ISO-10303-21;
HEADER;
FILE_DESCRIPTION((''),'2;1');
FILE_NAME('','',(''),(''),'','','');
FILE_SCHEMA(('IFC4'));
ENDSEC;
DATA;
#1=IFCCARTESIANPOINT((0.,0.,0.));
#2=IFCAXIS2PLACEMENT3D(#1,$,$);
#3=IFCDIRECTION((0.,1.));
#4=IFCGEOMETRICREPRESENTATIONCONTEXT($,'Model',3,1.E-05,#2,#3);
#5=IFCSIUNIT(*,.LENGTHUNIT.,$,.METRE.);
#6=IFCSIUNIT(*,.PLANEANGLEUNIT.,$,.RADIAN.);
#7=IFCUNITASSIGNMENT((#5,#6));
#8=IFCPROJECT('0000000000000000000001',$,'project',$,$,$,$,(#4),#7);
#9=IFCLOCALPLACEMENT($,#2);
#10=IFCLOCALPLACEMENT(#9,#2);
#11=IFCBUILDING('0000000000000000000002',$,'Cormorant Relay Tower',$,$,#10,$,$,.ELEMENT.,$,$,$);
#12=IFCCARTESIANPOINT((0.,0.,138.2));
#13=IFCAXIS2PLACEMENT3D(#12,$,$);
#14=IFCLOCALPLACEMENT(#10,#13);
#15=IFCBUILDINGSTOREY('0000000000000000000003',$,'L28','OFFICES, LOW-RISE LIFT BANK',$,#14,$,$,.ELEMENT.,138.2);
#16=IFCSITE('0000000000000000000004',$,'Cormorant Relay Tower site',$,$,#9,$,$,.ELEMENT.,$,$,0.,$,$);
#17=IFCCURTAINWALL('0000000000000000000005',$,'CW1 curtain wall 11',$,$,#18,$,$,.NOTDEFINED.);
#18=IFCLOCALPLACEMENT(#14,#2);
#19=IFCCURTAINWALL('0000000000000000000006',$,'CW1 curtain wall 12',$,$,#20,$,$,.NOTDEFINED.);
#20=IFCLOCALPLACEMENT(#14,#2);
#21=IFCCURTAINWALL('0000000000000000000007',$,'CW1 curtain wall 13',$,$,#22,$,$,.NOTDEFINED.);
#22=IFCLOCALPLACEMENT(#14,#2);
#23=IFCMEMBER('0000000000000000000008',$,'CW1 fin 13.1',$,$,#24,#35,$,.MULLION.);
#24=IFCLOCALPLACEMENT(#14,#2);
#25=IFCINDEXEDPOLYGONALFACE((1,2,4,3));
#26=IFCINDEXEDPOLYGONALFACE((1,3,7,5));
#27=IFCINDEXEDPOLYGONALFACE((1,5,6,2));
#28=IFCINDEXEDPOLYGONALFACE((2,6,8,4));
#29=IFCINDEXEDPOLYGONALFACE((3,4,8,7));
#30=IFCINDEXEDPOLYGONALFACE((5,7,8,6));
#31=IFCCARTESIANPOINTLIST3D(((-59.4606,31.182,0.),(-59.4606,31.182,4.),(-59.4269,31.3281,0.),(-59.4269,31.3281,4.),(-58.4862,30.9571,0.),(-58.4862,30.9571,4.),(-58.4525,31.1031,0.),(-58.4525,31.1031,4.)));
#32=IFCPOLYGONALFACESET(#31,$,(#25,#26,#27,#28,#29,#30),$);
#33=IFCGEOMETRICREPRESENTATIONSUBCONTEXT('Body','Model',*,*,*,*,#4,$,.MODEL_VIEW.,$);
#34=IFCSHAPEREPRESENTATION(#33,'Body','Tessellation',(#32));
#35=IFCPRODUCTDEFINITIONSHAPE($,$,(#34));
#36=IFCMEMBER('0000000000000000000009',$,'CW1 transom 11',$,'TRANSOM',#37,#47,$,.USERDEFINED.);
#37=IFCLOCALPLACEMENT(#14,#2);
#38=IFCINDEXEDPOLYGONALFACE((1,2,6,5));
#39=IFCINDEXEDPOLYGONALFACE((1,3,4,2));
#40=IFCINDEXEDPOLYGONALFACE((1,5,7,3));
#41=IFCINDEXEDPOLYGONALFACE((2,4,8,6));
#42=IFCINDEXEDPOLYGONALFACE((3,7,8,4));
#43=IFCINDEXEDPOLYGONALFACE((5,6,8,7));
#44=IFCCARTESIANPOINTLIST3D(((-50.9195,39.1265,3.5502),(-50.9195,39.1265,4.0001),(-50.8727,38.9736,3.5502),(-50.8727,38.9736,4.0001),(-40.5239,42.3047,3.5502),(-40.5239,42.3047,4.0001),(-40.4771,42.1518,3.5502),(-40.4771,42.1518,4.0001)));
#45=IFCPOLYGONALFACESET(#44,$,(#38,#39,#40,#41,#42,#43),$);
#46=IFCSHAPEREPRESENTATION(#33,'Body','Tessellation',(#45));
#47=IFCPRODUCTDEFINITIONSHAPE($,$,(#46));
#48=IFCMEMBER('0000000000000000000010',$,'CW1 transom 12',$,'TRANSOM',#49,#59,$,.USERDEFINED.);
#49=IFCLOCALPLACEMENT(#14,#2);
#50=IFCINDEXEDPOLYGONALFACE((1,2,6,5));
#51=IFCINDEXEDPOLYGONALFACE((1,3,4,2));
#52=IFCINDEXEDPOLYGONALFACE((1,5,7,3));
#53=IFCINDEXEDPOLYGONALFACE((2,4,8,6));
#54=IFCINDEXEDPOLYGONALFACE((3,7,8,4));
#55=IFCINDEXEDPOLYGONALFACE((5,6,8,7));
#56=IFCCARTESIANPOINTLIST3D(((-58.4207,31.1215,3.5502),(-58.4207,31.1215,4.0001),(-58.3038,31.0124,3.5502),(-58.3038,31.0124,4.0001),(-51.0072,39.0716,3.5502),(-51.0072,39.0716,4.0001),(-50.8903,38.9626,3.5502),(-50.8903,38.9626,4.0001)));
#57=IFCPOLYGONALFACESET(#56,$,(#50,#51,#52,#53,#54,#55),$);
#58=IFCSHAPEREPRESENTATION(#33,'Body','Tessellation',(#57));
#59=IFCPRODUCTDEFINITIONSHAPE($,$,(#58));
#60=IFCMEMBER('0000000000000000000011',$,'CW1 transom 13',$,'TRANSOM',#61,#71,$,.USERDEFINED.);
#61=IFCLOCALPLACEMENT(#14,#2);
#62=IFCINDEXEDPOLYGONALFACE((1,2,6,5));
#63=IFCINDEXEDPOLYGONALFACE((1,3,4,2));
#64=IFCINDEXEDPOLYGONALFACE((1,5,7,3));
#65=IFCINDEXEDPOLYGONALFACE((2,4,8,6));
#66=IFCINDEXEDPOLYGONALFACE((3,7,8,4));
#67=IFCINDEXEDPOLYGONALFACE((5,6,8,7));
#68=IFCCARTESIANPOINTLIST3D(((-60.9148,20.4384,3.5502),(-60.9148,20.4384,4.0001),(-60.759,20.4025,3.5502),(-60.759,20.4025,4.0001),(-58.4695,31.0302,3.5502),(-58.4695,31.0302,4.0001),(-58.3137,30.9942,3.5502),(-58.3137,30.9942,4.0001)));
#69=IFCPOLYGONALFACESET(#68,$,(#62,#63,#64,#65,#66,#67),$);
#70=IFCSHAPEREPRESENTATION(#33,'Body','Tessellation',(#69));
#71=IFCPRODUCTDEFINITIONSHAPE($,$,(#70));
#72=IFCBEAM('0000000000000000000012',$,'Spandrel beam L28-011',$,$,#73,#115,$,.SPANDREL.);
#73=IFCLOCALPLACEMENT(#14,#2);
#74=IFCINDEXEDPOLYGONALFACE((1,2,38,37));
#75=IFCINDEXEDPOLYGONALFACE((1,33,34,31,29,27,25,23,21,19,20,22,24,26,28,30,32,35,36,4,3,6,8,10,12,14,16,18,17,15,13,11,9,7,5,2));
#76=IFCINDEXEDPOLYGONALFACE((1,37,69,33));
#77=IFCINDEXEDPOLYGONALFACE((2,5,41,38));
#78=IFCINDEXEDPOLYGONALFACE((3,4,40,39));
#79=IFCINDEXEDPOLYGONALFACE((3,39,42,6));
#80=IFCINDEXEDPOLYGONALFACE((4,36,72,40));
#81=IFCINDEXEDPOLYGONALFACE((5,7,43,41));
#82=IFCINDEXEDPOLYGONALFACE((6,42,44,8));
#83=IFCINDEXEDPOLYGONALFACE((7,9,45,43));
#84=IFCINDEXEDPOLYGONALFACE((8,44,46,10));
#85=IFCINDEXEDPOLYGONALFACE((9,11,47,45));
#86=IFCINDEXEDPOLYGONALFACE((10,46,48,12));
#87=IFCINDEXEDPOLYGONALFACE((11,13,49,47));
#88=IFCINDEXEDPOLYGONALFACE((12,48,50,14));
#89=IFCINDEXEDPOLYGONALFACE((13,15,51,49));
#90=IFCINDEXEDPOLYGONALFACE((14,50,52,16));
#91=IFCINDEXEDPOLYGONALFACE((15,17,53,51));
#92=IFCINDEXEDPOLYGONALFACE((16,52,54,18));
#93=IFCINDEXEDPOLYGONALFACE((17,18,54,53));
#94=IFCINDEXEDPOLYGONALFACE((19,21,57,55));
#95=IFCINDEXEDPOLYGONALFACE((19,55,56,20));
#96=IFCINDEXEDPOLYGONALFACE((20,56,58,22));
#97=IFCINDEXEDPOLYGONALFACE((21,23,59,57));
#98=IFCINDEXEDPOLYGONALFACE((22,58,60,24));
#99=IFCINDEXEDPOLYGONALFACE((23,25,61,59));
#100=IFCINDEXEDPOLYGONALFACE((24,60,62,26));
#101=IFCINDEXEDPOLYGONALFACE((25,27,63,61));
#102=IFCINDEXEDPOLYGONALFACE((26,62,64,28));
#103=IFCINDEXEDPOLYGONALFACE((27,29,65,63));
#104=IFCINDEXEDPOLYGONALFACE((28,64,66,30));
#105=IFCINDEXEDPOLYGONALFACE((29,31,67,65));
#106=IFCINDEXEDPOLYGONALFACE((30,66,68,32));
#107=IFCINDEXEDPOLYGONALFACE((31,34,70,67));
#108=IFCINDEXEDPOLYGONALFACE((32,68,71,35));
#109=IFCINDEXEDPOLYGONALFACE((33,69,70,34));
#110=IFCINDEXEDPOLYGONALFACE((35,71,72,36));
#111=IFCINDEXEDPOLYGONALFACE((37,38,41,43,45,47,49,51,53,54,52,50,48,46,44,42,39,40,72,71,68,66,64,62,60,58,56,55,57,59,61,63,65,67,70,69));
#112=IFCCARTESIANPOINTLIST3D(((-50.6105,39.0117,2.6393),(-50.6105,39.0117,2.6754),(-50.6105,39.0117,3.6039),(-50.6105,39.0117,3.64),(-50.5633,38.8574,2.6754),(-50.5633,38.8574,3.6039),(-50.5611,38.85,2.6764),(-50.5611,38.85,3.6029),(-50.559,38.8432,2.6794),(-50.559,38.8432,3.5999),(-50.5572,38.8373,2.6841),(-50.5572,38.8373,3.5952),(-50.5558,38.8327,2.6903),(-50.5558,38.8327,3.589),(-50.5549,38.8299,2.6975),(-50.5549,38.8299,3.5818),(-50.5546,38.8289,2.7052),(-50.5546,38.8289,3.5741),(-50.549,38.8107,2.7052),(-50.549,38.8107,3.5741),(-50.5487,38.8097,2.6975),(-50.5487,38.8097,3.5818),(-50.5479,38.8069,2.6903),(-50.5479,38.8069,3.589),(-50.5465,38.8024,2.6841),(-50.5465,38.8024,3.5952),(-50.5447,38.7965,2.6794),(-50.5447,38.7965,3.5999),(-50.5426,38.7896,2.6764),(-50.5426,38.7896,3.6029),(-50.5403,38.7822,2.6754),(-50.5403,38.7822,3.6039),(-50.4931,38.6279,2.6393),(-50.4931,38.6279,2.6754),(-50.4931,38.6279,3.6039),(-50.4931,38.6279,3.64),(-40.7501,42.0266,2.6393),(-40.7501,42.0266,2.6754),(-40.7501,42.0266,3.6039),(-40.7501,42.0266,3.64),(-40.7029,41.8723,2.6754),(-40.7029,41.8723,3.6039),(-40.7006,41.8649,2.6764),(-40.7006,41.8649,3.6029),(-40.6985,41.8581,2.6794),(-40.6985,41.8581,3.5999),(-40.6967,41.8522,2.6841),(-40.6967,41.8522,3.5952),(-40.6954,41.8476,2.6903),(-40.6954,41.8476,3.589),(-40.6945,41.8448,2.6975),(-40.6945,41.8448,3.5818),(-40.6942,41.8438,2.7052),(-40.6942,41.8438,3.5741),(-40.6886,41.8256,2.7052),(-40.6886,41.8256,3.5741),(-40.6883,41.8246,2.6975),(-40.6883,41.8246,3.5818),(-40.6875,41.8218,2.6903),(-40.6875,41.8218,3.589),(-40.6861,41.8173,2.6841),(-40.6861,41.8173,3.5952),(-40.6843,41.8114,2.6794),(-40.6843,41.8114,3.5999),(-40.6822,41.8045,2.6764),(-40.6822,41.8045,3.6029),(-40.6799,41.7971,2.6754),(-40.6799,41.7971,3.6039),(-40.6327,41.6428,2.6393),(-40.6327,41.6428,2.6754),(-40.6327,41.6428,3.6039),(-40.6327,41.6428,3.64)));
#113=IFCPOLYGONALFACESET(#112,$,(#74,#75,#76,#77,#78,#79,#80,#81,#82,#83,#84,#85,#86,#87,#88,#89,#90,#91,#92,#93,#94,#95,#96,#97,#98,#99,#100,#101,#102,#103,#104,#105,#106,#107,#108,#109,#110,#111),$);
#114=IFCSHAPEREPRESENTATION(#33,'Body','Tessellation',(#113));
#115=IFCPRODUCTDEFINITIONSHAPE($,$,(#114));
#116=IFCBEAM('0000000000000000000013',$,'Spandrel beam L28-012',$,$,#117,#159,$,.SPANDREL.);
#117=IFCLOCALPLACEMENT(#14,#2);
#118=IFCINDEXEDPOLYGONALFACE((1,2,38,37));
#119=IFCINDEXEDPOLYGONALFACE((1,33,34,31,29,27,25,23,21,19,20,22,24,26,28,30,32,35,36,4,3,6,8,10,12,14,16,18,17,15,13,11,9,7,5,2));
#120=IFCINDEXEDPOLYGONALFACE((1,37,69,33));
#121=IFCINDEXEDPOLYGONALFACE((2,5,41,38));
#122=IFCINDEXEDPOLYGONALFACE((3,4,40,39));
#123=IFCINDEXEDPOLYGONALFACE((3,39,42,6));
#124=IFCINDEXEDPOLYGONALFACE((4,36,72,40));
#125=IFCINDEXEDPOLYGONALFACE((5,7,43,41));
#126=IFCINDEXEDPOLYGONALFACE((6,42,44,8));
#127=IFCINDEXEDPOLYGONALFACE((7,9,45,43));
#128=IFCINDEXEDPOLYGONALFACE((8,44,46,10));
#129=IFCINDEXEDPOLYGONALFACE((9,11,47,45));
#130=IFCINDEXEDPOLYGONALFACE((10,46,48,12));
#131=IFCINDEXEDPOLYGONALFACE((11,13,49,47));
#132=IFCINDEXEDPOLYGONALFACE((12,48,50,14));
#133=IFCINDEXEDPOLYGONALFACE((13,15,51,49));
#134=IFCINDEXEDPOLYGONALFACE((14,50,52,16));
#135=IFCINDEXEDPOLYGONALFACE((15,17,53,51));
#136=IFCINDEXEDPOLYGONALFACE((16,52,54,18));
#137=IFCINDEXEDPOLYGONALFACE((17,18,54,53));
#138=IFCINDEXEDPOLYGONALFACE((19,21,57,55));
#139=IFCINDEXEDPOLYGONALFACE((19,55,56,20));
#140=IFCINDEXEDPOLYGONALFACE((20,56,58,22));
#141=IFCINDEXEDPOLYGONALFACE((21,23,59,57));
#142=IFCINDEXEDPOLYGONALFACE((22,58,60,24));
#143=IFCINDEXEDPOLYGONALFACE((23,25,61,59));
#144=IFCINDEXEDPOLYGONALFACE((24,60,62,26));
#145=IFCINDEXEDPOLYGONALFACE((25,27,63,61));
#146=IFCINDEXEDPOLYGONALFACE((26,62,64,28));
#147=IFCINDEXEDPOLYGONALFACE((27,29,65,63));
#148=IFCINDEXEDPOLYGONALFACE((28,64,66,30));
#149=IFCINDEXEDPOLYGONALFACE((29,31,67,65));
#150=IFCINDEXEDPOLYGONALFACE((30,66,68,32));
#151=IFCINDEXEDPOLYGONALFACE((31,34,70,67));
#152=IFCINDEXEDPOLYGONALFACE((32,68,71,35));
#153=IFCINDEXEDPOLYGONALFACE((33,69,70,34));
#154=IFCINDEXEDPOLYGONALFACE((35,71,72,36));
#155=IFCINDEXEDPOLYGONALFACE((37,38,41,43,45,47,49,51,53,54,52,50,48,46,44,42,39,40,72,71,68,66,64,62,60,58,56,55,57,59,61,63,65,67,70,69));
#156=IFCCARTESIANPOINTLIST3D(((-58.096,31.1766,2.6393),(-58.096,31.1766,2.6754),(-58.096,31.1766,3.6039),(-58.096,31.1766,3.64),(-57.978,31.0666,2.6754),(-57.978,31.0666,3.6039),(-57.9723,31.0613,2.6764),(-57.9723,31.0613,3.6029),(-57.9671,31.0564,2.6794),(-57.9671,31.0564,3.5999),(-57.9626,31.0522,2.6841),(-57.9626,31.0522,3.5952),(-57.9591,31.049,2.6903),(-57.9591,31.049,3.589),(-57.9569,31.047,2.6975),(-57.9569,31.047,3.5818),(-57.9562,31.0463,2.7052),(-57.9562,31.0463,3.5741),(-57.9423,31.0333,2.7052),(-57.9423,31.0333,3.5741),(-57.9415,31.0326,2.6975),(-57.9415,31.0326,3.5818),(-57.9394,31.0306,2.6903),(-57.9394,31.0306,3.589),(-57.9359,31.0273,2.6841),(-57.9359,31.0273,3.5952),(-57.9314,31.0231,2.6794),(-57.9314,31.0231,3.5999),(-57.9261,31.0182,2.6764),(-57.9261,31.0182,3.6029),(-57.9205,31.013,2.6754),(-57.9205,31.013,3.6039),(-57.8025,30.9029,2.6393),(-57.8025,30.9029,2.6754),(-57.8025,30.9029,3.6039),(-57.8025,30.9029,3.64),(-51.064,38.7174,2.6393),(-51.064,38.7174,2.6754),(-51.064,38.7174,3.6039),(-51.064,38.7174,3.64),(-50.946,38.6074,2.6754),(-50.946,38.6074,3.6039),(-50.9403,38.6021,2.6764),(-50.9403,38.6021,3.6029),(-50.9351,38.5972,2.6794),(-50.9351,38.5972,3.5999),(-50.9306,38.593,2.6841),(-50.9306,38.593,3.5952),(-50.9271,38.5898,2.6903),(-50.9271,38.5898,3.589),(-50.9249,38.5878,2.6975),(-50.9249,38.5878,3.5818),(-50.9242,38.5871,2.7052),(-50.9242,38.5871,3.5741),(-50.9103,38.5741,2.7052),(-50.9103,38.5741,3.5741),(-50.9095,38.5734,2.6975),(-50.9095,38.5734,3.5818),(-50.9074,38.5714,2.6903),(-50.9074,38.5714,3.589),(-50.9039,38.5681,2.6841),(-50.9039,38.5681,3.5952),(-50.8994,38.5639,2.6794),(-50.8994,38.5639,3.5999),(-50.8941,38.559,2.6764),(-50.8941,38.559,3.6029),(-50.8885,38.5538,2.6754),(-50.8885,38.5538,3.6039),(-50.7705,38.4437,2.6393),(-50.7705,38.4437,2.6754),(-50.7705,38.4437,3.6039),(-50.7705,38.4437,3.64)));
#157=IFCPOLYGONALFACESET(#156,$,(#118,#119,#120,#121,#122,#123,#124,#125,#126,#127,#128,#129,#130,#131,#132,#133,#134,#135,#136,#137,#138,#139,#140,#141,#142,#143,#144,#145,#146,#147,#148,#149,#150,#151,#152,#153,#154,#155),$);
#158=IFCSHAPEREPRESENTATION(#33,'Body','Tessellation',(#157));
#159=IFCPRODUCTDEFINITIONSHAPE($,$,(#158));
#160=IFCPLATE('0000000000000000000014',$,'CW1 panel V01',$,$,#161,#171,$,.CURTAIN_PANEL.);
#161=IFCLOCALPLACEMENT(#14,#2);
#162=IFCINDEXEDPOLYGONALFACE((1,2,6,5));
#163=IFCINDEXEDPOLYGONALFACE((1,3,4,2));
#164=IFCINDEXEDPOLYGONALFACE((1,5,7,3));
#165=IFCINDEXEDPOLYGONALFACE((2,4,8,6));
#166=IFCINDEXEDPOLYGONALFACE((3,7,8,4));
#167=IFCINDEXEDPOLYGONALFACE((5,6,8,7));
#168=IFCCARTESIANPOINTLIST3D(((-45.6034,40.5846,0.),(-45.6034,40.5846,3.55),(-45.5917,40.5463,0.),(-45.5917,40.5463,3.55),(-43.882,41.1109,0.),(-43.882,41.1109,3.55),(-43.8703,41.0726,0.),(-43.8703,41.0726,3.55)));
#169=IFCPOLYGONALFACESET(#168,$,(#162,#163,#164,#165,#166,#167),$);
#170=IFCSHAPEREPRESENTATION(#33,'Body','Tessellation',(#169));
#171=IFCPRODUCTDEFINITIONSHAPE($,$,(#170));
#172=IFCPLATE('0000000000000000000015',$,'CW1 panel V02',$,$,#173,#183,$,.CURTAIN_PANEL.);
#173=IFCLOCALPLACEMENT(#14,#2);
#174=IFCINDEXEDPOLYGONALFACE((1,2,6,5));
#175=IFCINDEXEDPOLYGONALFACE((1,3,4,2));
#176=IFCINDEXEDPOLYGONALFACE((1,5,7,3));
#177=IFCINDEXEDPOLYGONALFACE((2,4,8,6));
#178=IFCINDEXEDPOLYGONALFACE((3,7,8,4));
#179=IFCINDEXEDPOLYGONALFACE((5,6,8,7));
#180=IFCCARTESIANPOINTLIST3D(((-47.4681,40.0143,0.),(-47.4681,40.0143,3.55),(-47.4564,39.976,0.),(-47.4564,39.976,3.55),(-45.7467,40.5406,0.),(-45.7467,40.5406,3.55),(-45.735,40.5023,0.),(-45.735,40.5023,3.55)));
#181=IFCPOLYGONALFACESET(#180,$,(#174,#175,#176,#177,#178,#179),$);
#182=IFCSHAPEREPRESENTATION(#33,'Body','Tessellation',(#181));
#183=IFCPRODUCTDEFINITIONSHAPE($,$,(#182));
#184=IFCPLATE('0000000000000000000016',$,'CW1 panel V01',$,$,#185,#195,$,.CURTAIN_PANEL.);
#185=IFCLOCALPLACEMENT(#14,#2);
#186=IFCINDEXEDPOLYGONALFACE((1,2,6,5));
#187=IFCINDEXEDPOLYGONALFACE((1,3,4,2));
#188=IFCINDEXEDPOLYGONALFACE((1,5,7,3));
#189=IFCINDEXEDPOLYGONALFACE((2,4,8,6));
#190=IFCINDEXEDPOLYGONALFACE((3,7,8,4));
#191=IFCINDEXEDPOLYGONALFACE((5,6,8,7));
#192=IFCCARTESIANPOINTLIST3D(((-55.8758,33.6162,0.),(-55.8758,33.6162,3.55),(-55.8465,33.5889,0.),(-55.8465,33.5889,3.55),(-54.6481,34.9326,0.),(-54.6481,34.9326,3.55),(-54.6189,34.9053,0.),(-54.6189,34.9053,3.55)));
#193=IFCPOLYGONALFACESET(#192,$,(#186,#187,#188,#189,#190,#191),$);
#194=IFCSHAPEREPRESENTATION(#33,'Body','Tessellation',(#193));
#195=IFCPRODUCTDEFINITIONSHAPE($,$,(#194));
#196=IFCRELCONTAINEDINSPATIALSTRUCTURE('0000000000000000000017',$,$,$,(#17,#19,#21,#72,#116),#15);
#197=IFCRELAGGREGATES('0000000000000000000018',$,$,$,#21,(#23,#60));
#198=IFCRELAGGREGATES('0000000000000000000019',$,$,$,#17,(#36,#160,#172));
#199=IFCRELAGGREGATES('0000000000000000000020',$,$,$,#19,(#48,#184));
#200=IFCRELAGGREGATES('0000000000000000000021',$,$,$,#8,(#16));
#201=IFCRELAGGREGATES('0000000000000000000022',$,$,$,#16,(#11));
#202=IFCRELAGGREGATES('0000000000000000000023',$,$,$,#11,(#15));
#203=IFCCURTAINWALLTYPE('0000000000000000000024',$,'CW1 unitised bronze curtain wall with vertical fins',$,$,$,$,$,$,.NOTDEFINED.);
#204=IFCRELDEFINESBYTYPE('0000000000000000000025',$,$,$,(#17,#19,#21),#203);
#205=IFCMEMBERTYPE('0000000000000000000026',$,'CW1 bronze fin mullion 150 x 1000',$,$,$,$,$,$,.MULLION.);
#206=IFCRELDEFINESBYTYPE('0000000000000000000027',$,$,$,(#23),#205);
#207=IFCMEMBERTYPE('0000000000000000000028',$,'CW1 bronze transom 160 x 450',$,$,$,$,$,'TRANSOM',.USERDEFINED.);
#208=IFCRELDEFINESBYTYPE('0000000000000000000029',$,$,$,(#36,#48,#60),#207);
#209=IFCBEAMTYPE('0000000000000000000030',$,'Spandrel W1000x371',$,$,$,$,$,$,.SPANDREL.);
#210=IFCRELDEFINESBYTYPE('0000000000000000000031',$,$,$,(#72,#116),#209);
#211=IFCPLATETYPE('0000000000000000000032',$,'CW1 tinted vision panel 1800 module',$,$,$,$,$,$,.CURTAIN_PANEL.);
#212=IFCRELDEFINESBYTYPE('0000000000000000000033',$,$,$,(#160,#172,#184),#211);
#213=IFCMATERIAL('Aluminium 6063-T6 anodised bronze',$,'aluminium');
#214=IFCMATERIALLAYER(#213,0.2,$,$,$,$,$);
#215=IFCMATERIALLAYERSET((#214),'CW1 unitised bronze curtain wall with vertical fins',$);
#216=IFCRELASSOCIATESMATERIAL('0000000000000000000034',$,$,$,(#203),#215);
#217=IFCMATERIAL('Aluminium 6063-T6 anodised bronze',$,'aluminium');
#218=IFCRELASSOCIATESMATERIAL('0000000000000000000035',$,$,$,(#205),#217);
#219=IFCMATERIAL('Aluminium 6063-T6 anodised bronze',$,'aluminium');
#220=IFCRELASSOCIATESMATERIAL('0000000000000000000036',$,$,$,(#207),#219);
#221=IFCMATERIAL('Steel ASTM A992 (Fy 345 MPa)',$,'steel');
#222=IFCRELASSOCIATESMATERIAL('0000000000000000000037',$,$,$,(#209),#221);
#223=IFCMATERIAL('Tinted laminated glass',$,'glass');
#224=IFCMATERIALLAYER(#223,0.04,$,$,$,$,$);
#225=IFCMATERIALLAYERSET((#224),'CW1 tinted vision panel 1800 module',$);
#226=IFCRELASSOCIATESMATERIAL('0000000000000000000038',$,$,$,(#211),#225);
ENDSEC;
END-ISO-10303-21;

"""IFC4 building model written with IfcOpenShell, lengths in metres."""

from ifc_helpers import new_model, si_unit, direction, frame, origin, origin_2d, place, context, subcontext, project, spatial, rectangle, i_section, extrude, material, layer, layer_set, material_profile, profile_set, type_object, element, aggregate, save


model = new_model("IFC4")

# Units and contexts
model_context = context("Model", 3, precision=1e-05, world=origin(), true_north=direction((0.0, 1.0)))
body_context = subcontext(model_context, "Body", "Model", "MODEL_VIEW")
ifc_project = project(units=[si_unit("LENGTHUNIT", "METRE"), si_unit("PLANEANGLEUNIT", "RADIAN")], contexts=[model_context])

# Site, building, storey
site_placement = place(None, origin())
site = spatial("IfcSite", under=ifc_project, at=site_placement, Name="Cormorant Relay Tower site", CompositionType="ELEMENT", RefElevation=0.0)
building_placement = place(site_placement, origin())
building = spatial("IfcBuilding", under=site, at=building_placement, Name="Cormorant Relay Tower", CompositionType="ELEMENT")
storey_placement = place(building_placement, frame((0.0, 0.0, 138.2)))
storey = spatial("IfcBuildingStorey", under=building, at=storey_placement, Name="L28", Description="OFFICES, LOW-RISE LIFT BANK", CompositionType="ELEMENT", Elevation=138.2)

# Curtain walls
ifc_material_1 = material(Name="Aluminium 6063-T6 anodised bronze", Category="aluminium")
ifc_layer_1 = layer(ifc_material_1, 0.2)
ifc_layer_set_1 = layer_set([ifc_layer_1], Name="CW1 unitised bronze curtain wall with vertical fins")
curtain_wall_type = type_object("IfcCurtainWallType", Name="CW1 unitised bronze curtain wall with vertical fins", PredefinedType="NOTDEFINED", material=ifc_layer_set_1)
curtain_wall_1_placement = place(storey_placement, origin())
curtain_wall_1 = element("IfcCurtainWall", 1, at=curtain_wall_1_placement, inside=storey, type_object=curtain_wall_type, Name="CW1 curtain wall 11", PredefinedType="NOTDEFINED")
ifc_material_2 = material(Name="Aluminium 6063-T6 anodised bronze", Category="aluminium")
ifc_material_profile_1 = material_profile(ifc_material_2, rectangle(XDim=0.1499, YDim=1.0, at=origin_2d()), Name="AL 150x1000")
ifc_profile_set_1 = profile_set([ifc_material_profile_1], Name="Aluminium 6063-T6 anodised bronze")
member_type_1 = type_object("IfcMemberType", Name="CW1 bronze fin mullion 150 x 1000", PredefinedType="MULLION", material=ifc_profile_set_1)
curtain_wall_2_placement = place(storey_placement, origin())
curtain_wall_2 = element("IfcCurtainWall", 2, at=curtain_wall_2_placement, inside=storey, type_object=curtain_wall_type, Name="CW1 curtain wall 12", PredefinedType="NOTDEFINED")

# Curtain wall, member
curtain_wall_3_placement = place(storey_placement, origin())
curtain_wall_3 = element("IfcCurtainWall", 3, at=curtain_wall_3_placement, inside=storey, type_object=curtain_wall_type, Name="CW1 curtain wall 13", PredefinedType="NOTDEFINED")
member_1_placement = place(storey_placement, frame((-58.9565, 31.1426, 0.0), z_axis=(0.0, 0.0, 1.0), x_axis=(-0.224951, -0.97437, 0.0)))
member_1 = element("IfcMember", 4, at=member_1_placement, type_object=member_type_1, Name="CW1 fin 13.1", PredefinedType="MULLION", context=body_context, shape_type="SweptSolid", body=[
    extrude(rectangle(XDim=0.1499, YDim=1.0, at=origin_2d()), origin(), (0.0, 0.0, 1.0), 4.0),
])

# Members
ifc_material_3 = material(Name="Aluminium 6063-T6 anodised bronze", Category="aluminium")
ifc_material_profile_2 = material_profile(ifc_material_3, rectangle(XDim=0.1599, YDim=0.45, at=origin_2d()), Name="AL 160x450")
ifc_profile_set_2 = profile_set([ifc_material_profile_2], Name="Aluminium 6063-T6 anodised bronze")
member_type_2 = type_object("IfcMemberType", Name="CW1 bronze transom 160 x 450", ElementType="TRANSOM", PredefinedType="USERDEFINED", material=ifc_profile_set_2)
member_2_placement = place(storey_placement, frame((-40.5005, 42.2283, 3.7751), z_axis=(-0.956305, -0.292371, 0.0), x_axis=(0.292371, -0.956305, 0.0)))
member_2 = element("IfcMember", 5, at=member_2_placement, type_object=member_type_2, Name="CW1 transom 11", ObjectType="TRANSOM", PredefinedType="USERDEFINED", context=body_context, shape_type="SweptSolid", body=[
    extrude(rectangle(XDim=0.1599, YDim=0.45, at=origin_2d()), origin(), (0.0, 0.0, 1.0), 10.8706),
])
member_3_placement = place(storey_placement, frame((-50.9487, 39.0171, 3.7751), z_axis=(-0.681993, -0.731358, 0.0), x_axis=(0.731358, -0.681993, 0.0)))
member_3 = element("IfcMember", 6, at=member_3_placement, type_object=member_type_2, Name="CW1 transom 12", ObjectType="TRANSOM", PredefinedType="USERDEFINED", context=body_context, shape_type="SweptSolid", body=[
    extrude(rectangle(XDim=0.1599, YDim=0.45, at=origin_2d()), origin(), (0.0, 0.0, 1.0), 10.8704),
])
member_4_placement = place(storey_placement, frame((-58.3916, 31.0122, 3.7751), z_axis=(-0.224951, -0.97437, 0.0), x_axis=(0.97437, -0.224951, 0.0)))
member_4 = element("IfcMember", 7, at=member_4_placement, type_object=member_type_2, Name="CW1 transom 13", ObjectType="TRANSOM", PredefinedType="USERDEFINED", context=body_context, shape_type="SweptSolid", body=[
    extrude(rectangle(XDim=0.1599, YDim=0.45, at=origin_2d()), origin(), (0.0, 0.0, 1.0), 10.8704),
])
aggregate(curtain_wall_3, [member_1, member_4])

# Beams
ifc_material_4 = material(Name="Steel ASTM A992 (Fy 345 MPa)", Category="steel")
ifc_material_profile_3 = material_profile(ifc_material_4, i_section(OverallWidth=0.4014, OverallDepth=1.0007, WebThickness=0.019, FlangeThickness=0.0361, FilletRadius=0.0298, at=origin_2d()), Name="W1000x371")
ifc_profile_set_3 = profile_set([ifc_material_profile_3], Name="Steel ASTM A992 (Fy 345 MPa)")
beam_type = type_object("IfcBeamType", Name="Spandrel W1000x371", PredefinedType="SPANDREL", material=ifc_profile_set_3)
beam_1_placement = place(storey_placement, frame((-40.6914, 41.8347, 3.1396), z_axis=(-0.956297, -0.292397, 0.0), x_axis=(0.292397, -0.956297, 0.0)))
element("IfcBeam", 8, at=beam_1_placement, inside=storey, type_object=beam_type, Name="Spandrel beam L28-011", PredefinedType="SPANDREL", context=body_context, shape_type="SweptSolid", body=[
    extrude(i_section(OverallWidth=0.4014, OverallDepth=1.0007, WebThickness=0.019, FlangeThickness=0.0361, FilletRadius=0.0298, at=origin_2d()), origin(), (0.0, 0.0, 1.0), 10.311),
])
beam_2_placement = place(storey_placement, frame((-50.9172, 38.5806, 3.1396), z_axis=(-0.682004, -0.731349, 0.0), x_axis=(0.731349, -0.682004, 0.0)))
element("IfcBeam", 9, at=beam_2_placement, inside=storey, type_object=beam_type, Name="Spandrel beam L28-012", PredefinedType="SPANDREL", context=body_context, shape_type="SweptSolid", body=[
    extrude(i_section(OverallWidth=0.4014, OverallDepth=1.0007, WebThickness=0.019, FlangeThickness=0.0361, FilletRadius=0.0298, at=origin_2d()), origin(), (0.0, 0.0, 1.0), 10.3108),
])

# Plates
ifc_material_5 = material(Name="Tinted laminated glass", Category="glass")
ifc_layer_2 = layer(ifc_material_5, 0.04)
ifc_layer_set_2 = layer_set([ifc_layer_2], Name="CW1 tinted vision panel 1800 module")
plate_type = type_object("IfcPlateType", Name="CW1 tinted vision panel 1800 module", PredefinedType="CURTAIN_PANEL", material=ifc_layer_set_2)
plate_1_placement = place(storey_placement, frame((-44.7368, 40.8286, 0.0), z_axis=(0.0, 0.0, 1.0), x_axis=(-0.956305, -0.292372, 0.0)))
plate_1 = element("IfcPlate", 10, at=plate_1_placement, type_object=plate_type, Name="CW1 panel V01", PredefinedType="CURTAIN_PANEL", context=body_context, shape_type="SweptSolid", body=[
    extrude(rectangle(XDim=1.8, YDim=0.04, at=origin_2d()), origin(), (0.0, 0.0, 1.0), 3.55),
])
plate_2_placement = place(storey_placement, frame((-46.6016, 40.2583, 0.0), z_axis=(0.0, 0.0, 1.0), x_axis=(-0.956305, -0.292372, 0.0)))
plate_2 = element("IfcPlate", 11, at=plate_2_placement, type_object=plate_type, Name="CW1 panel V02", PredefinedType="CURTAIN_PANEL", context=body_context, shape_type="SweptSolid", body=[
    extrude(rectangle(XDim=1.8, YDim=0.04, at=origin_2d()), origin(), (0.0, 0.0, 1.0), 3.55),
])
plate_3_placement = place(storey_placement, frame((-55.2473, 34.2607, 0.0), z_axis=(0.0, 0.0, 1.0), x_axis=(-0.681998, -0.731354, 0.0)))
plate_3 = element("IfcPlate", 12, at=plate_3_placement, type_object=plate_type, Name="CW1 panel V01", PredefinedType="CURTAIN_PANEL", context=body_context, shape_type="SweptSolid", body=[
    extrude(rectangle(XDim=1.8, YDim=0.04, at=origin_2d()), origin(), (0.0, 0.0, 1.0), 3.55),
])

aggregate(curtain_wall_1, [member_2, plate_1, plate_2])
aggregate(curtain_wall_2, [member_3, plate_3])

save(model, "model.ifc")
